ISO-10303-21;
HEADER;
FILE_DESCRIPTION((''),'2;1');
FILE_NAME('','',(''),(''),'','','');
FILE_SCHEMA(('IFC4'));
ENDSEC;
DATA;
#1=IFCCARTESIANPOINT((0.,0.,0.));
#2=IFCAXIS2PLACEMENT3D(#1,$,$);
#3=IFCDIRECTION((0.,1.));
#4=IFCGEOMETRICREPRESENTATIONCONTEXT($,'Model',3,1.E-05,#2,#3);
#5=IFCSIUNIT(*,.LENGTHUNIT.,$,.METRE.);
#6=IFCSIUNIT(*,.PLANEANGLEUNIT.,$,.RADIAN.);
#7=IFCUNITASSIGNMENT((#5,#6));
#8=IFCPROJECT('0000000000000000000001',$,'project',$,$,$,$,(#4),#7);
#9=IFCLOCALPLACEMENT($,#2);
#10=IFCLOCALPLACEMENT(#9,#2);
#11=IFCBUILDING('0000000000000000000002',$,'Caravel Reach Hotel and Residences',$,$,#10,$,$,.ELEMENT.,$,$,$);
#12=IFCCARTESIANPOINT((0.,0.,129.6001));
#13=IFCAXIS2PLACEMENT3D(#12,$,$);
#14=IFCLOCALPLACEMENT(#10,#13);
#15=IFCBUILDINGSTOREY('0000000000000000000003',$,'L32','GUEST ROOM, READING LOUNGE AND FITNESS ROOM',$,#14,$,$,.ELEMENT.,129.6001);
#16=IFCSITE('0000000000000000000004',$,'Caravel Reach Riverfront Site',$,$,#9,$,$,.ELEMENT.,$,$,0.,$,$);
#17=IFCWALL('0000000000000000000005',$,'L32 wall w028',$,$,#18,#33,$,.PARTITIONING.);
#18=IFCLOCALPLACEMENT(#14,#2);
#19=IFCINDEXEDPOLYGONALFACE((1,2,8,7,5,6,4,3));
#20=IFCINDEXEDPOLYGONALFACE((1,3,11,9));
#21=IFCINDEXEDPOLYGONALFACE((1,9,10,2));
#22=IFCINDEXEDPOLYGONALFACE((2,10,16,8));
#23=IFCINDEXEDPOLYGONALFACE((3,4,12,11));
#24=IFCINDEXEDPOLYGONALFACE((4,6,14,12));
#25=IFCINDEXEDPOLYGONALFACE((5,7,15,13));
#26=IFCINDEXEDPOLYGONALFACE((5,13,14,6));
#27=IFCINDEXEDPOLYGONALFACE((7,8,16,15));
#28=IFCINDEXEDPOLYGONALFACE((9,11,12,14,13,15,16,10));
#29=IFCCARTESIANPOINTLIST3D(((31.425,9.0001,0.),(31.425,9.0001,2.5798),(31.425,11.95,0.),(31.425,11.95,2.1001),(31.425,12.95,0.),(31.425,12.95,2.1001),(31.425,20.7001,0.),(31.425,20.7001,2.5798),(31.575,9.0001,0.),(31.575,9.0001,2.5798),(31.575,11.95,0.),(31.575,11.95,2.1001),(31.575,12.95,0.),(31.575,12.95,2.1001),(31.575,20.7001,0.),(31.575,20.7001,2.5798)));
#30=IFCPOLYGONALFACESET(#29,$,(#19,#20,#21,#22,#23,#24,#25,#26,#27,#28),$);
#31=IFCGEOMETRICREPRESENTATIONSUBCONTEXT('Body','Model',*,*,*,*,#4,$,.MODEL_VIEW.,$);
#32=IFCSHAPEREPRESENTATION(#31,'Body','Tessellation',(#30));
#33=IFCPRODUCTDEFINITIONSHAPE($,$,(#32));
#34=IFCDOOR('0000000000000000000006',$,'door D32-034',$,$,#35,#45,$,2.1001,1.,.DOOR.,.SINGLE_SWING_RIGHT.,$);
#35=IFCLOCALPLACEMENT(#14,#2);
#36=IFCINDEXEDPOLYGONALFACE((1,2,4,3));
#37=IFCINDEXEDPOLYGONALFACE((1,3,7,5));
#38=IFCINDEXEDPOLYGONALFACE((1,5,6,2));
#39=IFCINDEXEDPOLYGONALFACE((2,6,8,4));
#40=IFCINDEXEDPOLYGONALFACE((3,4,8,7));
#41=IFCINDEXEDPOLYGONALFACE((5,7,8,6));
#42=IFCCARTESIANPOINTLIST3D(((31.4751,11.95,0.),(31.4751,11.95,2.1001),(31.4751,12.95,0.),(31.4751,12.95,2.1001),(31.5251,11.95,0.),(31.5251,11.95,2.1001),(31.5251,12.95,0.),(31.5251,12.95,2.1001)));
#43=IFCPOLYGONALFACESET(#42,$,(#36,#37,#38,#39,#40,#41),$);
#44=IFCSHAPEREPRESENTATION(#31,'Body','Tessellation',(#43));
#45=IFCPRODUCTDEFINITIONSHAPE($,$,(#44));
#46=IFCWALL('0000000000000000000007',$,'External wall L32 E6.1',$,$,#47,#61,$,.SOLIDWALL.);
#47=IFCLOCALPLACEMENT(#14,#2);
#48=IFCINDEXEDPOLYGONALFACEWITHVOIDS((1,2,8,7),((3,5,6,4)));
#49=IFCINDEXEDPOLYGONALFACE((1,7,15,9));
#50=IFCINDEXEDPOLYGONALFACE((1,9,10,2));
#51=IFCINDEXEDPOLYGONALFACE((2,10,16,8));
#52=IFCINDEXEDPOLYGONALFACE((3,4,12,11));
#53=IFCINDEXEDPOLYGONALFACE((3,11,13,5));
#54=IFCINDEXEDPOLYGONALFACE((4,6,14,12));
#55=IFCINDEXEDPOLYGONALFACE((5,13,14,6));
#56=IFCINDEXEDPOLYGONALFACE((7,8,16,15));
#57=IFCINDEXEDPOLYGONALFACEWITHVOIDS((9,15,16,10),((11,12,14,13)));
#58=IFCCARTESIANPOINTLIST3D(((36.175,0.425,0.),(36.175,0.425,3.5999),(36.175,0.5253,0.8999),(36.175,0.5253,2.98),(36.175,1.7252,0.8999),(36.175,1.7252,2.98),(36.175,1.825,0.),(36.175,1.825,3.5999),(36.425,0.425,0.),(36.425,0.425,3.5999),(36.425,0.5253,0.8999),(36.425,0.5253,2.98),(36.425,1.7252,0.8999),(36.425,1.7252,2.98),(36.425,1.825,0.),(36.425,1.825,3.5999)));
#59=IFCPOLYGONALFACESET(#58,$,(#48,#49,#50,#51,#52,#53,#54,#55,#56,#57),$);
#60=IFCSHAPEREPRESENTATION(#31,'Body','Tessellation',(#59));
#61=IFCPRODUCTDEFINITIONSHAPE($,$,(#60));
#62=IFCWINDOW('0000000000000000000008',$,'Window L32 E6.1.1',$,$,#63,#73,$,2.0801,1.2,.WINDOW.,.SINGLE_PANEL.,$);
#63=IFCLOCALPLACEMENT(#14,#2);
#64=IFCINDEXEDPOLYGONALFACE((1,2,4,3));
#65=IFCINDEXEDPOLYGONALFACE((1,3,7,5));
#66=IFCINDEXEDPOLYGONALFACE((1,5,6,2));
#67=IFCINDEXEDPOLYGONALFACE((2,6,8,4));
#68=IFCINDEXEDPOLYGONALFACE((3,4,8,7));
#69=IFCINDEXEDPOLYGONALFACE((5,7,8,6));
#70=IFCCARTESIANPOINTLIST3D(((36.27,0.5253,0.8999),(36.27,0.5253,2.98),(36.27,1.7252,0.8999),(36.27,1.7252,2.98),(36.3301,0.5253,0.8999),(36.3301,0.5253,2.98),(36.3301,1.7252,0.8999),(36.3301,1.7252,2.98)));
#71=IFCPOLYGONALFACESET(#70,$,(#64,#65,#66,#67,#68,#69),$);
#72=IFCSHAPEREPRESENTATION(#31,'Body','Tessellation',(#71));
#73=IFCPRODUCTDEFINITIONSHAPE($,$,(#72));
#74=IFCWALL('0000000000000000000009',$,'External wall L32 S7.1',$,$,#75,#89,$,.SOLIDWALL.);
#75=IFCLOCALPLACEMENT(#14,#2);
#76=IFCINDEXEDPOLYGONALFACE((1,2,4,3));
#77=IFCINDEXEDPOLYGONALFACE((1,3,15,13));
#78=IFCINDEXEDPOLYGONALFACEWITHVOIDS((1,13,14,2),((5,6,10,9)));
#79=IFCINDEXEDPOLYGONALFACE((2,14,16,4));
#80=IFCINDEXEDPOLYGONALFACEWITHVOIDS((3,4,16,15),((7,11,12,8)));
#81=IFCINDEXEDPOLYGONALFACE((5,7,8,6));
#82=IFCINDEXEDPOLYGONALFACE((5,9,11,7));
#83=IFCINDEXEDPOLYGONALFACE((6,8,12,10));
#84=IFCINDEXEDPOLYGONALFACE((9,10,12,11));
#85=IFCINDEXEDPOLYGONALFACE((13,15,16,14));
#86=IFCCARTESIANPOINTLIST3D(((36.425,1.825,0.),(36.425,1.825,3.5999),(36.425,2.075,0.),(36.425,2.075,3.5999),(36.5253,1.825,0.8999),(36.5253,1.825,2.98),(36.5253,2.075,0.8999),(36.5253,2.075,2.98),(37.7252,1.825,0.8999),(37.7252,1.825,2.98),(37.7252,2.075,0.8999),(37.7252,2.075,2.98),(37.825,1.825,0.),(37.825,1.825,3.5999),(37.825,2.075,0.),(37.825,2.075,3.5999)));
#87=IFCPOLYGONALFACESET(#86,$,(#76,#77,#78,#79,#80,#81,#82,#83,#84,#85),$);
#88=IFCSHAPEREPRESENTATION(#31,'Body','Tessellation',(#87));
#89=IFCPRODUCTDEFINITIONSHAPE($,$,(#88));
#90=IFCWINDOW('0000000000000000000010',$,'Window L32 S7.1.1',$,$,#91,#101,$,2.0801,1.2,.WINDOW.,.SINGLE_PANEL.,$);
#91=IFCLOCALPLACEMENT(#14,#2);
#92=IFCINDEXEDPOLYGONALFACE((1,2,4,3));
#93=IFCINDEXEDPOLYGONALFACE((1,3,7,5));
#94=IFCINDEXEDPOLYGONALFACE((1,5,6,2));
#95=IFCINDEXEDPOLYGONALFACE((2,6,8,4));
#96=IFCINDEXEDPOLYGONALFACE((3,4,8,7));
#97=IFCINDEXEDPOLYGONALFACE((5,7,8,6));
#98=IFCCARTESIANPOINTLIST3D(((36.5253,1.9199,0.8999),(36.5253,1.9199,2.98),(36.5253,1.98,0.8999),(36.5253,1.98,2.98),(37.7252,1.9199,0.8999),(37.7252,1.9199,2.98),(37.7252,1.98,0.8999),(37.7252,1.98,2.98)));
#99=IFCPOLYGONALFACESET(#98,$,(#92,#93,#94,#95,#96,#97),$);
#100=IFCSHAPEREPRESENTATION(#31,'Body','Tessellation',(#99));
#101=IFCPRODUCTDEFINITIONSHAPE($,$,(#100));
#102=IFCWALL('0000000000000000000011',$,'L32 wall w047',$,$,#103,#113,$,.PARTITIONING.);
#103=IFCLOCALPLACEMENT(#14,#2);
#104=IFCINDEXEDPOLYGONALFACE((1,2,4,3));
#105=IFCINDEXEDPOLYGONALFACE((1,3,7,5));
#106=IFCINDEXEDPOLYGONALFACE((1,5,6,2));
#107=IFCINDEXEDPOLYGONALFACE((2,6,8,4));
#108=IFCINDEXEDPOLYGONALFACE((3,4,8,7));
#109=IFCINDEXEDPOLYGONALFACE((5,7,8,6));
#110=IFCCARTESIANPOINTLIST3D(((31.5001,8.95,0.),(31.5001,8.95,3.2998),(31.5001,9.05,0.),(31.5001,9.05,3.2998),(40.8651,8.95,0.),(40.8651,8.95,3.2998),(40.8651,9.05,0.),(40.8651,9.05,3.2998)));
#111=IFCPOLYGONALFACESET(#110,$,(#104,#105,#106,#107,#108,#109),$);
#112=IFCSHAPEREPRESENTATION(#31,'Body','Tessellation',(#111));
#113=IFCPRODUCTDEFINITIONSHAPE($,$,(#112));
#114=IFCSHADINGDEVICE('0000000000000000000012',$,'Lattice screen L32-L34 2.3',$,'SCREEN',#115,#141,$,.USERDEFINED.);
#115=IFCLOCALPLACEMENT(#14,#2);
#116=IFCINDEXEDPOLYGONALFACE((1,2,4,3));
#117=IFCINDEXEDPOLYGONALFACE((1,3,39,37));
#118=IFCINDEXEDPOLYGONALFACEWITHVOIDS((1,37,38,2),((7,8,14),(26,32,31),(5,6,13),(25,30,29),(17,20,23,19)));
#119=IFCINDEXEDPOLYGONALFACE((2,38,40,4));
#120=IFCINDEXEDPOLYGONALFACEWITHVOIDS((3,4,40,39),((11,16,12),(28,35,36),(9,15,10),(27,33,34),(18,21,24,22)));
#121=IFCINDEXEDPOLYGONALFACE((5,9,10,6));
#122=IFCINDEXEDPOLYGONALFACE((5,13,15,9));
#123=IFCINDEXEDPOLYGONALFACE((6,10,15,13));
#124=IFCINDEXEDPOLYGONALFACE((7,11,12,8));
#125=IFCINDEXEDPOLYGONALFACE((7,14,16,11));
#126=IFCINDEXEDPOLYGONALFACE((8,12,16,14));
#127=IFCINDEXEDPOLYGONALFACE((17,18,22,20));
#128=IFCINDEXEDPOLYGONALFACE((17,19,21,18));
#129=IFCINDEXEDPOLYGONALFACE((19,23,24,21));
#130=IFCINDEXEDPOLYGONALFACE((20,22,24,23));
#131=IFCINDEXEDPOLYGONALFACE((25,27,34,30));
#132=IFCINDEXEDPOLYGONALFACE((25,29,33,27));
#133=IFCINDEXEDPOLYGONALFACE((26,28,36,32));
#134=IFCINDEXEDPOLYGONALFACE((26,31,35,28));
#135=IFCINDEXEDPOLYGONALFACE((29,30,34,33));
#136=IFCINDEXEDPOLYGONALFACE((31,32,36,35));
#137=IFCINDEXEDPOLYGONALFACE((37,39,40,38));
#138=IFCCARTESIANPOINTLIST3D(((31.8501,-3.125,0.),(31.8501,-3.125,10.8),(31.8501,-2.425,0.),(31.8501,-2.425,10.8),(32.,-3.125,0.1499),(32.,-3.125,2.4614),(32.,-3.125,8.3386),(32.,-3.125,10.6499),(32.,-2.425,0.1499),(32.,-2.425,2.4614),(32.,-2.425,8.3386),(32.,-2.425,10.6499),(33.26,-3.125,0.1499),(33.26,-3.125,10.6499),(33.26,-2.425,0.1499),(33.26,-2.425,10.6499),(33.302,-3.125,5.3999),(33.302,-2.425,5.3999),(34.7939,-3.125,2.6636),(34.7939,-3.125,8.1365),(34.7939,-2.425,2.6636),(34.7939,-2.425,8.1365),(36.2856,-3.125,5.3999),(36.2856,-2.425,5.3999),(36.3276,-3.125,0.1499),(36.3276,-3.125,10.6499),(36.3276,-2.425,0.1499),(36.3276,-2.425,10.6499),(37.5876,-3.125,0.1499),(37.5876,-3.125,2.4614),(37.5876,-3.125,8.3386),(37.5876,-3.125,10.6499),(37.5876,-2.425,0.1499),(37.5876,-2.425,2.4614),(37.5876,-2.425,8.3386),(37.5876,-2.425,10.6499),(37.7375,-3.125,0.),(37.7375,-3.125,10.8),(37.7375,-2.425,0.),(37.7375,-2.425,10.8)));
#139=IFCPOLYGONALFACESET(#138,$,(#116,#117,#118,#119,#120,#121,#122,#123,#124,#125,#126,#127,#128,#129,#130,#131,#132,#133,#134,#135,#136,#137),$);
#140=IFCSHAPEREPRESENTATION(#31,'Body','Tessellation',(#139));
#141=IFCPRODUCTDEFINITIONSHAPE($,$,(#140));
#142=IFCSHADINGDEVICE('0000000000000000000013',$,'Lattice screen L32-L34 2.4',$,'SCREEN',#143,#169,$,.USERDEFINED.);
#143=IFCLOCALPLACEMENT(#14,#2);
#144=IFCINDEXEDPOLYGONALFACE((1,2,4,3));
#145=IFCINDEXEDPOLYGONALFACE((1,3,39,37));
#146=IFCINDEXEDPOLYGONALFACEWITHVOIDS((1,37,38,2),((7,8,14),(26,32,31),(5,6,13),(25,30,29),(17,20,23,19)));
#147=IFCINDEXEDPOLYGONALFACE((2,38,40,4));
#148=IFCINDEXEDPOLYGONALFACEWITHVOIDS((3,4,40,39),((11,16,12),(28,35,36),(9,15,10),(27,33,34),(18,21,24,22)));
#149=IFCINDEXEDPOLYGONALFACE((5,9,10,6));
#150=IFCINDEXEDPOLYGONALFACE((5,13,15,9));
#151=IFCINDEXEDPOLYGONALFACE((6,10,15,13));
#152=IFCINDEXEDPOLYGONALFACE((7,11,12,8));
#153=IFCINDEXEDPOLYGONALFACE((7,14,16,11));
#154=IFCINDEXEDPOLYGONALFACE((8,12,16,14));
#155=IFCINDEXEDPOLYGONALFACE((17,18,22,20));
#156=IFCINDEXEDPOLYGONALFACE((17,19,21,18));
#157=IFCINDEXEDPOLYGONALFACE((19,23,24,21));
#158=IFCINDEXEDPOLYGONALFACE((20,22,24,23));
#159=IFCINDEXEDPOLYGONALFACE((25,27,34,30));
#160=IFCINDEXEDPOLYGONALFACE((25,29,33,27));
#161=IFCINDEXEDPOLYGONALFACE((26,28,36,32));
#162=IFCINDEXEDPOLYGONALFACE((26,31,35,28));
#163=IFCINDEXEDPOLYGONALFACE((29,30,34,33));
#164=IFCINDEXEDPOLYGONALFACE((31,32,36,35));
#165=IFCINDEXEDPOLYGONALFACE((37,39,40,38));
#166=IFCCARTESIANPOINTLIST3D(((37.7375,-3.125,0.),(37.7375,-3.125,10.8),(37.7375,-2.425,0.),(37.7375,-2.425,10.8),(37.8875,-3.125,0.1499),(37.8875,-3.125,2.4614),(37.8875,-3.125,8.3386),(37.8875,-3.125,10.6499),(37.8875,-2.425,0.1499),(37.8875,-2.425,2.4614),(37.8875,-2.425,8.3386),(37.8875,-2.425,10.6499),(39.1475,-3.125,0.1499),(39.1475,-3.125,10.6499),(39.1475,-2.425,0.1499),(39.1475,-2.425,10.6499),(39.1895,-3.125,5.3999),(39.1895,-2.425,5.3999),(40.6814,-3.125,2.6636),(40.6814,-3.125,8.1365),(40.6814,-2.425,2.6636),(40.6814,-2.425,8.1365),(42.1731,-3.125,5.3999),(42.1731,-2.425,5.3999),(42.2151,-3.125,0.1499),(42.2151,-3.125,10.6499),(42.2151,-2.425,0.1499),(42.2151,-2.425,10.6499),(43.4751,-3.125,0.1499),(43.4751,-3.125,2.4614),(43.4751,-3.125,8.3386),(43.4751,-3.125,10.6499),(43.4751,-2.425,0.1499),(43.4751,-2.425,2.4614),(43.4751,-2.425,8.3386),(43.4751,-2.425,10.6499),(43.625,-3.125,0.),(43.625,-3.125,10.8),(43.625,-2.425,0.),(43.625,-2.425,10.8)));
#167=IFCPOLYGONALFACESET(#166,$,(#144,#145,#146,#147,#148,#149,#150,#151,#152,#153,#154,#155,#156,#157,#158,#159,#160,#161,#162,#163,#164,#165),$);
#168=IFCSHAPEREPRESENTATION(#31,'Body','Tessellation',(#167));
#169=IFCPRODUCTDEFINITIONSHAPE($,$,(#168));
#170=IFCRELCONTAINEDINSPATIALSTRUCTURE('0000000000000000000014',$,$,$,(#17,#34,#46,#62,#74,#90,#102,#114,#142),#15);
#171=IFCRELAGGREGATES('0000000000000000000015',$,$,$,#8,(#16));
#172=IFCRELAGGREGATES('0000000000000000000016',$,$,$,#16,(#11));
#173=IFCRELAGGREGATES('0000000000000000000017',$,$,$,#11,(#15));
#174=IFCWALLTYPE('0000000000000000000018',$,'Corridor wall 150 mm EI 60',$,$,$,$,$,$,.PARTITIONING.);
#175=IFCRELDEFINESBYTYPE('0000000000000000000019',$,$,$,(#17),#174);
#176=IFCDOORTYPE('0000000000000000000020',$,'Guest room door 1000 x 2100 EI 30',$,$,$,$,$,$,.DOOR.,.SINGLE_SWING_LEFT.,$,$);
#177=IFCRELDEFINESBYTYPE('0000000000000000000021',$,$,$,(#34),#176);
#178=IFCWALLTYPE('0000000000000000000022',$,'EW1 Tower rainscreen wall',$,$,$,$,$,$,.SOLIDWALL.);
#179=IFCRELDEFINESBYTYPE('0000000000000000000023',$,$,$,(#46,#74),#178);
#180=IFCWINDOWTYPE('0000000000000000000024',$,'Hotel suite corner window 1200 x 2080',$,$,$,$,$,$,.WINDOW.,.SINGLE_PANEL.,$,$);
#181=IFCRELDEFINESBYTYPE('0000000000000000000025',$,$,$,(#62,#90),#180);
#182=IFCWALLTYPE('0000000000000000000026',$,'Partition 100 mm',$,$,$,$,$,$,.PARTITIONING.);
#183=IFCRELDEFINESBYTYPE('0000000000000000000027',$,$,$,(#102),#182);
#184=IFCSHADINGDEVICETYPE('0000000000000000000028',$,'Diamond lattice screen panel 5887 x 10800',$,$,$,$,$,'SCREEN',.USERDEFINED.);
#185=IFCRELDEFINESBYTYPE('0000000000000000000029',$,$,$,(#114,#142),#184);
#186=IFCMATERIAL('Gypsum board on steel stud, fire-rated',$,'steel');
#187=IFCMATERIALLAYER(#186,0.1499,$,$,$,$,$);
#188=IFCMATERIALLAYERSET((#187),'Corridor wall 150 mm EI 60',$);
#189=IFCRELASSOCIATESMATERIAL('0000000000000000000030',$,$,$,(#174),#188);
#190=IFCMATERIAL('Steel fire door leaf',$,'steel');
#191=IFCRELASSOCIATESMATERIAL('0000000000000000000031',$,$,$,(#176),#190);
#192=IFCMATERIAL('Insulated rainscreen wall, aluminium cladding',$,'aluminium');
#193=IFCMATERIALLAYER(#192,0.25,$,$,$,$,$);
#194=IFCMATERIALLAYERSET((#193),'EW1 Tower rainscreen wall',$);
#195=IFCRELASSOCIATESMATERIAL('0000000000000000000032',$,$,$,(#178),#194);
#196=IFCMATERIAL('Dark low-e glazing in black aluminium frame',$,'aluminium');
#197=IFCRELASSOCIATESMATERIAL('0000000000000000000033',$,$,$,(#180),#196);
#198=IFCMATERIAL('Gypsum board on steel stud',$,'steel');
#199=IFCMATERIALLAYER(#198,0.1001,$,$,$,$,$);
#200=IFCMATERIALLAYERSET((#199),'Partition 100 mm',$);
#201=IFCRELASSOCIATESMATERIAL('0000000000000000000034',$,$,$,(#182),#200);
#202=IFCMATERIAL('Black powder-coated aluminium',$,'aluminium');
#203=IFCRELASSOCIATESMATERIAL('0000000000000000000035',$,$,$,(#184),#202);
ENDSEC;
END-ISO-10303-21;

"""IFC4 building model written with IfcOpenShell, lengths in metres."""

from ifc_helpers import new_model, si_unit, direction, frame, frame_2d, origin, place, context, subcontext, project, spatial, polyline, rectangle, outline, extrude, material, layer, layer_set, type_object, element, fill, save


model = new_model("IFC4")

# Units and contexts
model_context = context("Model", 3, precision=1e-05, world=origin(), true_north=direction((0.0, 1.0)))
body_context = subcontext(model_context, "Body", "Model", "MODEL_VIEW")
ifc_project = project(units=[si_unit("LENGTHUNIT", "METRE"), si_unit("PLANEANGLEUNIT", "RADIAN")], contexts=[model_context])

# Site, building, storey
site_placement = place(None, origin())
site = spatial("IfcSite", under=ifc_project, at=site_placement, Name="Caravel Reach Riverfront Site", CompositionType="ELEMENT", RefElevation=0.0)
building_placement = place(site_placement, origin())
building = spatial("IfcBuilding", under=site, at=building_placement, Name="Caravel Reach Hotel and Residences", CompositionType="ELEMENT")
storey_placement = place(building_placement, frame((0.0, 0.0, 129.6001)))
storey = spatial("IfcBuildingStorey", under=building, at=storey_placement, Name="L32", Description="GUEST ROOM, READING LOUNGE AND FITNESS ROOM", CompositionType="ELEMENT", Elevation=129.6001)

# Wall, opening, door
ifc_material_1 = material(Name="Gypsum board on steel stud, fire-rated", Category="steel")
ifc_layer_1 = layer(ifc_material_1, 0.1499)
ifc_layer_set_1 = layer_set([ifc_layer_1], Name="Corridor wall 150 mm EI 60")
wall_type_1 = type_object("IfcWallType", Name="Corridor wall 150 mm EI 60", PredefinedType="PARTITIONING", material=ifc_layer_set_1)
wall_1_placement = place(storey_placement, frame((31.5, 9.0, 0.0), z_axis=(0.0, 0.0, 1.0), x_axis=(0.0, 1.0, 0.0)))
wall_1 = element("IfcWall", 1, at=wall_1_placement, inside=storey, type_object=wall_type_1, Name="L32 wall w028", PredefinedType="PARTITIONING", context=body_context, shape_type="SweptSolid", body=[
    extrude(rectangle(XDim=11.7, YDim=0.1499, at=frame_2d((5.8501, 0.0))), origin(), (0.0, 0.0, 1.0), 2.5798),
])
opening_1_placement = place(wall_1_placement, frame((2.95, 0.0, 0.0)))
opening_1 = element("IfcOpeningElement", 2, at=opening_1_placement, cuts=wall_1, PredefinedType="OPENING", context=body_context, shape_type="SweptSolid", body=[
    extrude(rectangle(XDim=1.0, YDim=2.1001, at=frame_2d((0.5, 1.05))), frame((0.0, 0.085, 0.0), z_axis=(0.0, -1.0, 0.0), x_axis=(1.0, 0.0, 0.0)), (0.0, 0.0, 1.0), 0.1699),
])
ifc_material_2 = material(Name="Steel fire door leaf", Category="steel")
door_type = type_object("IfcDoorType", Name="Guest room door 1000 x 2100 EI 30", OperationType="SINGLE_SWING_LEFT", PredefinedType="DOOR", material=ifc_material_2)
door_placement = place(opening_1_placement, origin())
door = element("IfcDoor", 3, at=door_placement, inside=storey, type_object=door_type, Name="door D32-034", OperationType="SINGLE_SWING_RIGHT", OverallHeight=2.1001, OverallWidth=1.0, PredefinedType="DOOR", context=body_context, shape_type="SweptSolid", body=[
    extrude(rectangle(XDim=1.0, YDim=2.1001, at=frame_2d((0.5, 1.05))), frame((0.0, 0.0249, 0.0), z_axis=(0.0, -1.0, 0.0), x_axis=(1.0, 0.0, 0.0)), (0.0, 0.0, 1.0), 0.05),
])
fill(opening_1, door)

# Walls, openings, windows
ifc_material_3 = material(Name="Insulated rainscreen wall, aluminium cladding", Category="aluminium")
ifc_layer_2 = layer(ifc_material_3, 0.25)
ifc_layer_set_2 = layer_set([ifc_layer_2], Name="EW1 Tower rainscreen wall")
wall_type_2 = type_object("IfcWallType", Name="EW1 Tower rainscreen wall", PredefinedType="SOLIDWALL", material=ifc_layer_set_2)
wall_2_placement = place(storey_placement, frame((36.3, 0.425, 0.0), z_axis=(0.0, 0.0, 1.0), x_axis=(0.0, 1.0, 0.0)))
wall_2 = element("IfcWall", 4, at=wall_2_placement, inside=storey, type_object=wall_type_2, Name="External wall L32 E6.1", PredefinedType="SOLIDWALL", context=body_context, shape_type="SweptSolid", body=[
    extrude(rectangle(XDim=1.3999, YDim=0.25, at=frame_2d((0.7, 0.0))), origin(), (0.0, 0.0, 1.0), 3.5999),
])
opening_2_placement = place(wall_2_placement, frame((0.1001, 0.0, 0.8999)))
opening_2 = element("IfcOpeningElement", 5, at=opening_2_placement, cuts=wall_2, PredefinedType="OPENING", context=body_context, shape_type="SweptSolid", body=[
    extrude(rectangle(XDim=1.2, YDim=2.0801, at=frame_2d((0.6001, 1.04))), frame((0.0, 0.135, 0.0), z_axis=(0.0, -1.0, 0.0), x_axis=(1.0, 0.0, 0.0)), (0.0, 0.0, 1.0), 0.27),
])
ifc_material_4 = material(Name="Dark low-e glazing in black aluminium frame", Category="aluminium")
window_type = type_object("IfcWindowType", Name="Hotel suite corner window 1200 x 2080", PartitioningType="SINGLE_PANEL", PredefinedType="WINDOW", material=ifc_material_4)
window_1_placement = place(opening_2_placement, origin())
window_1 = element("IfcWindow", 6, at=window_1_placement, inside=storey, type_object=window_type, Name="Window L32 E6.1.1", OverallHeight=2.0801, OverallWidth=1.2, PartitioningType="SINGLE_PANEL", PredefinedType="WINDOW", context=body_context, shape_type="SweptSolid", body=[
    extrude(rectangle(XDim=1.2, YDim=2.0801, at=frame_2d((0.6001, 1.04))), frame((0.0, 0.03, 0.0), z_axis=(0.0, -1.0, 0.0), x_axis=(1.0, 0.0, 0.0)), (0.0, 0.0, 1.0), 0.0601),
])
fill(opening_2, window_1)
wall_3_placement = place(storey_placement, frame((36.425, 1.95, 0.0), z_axis=(0.0, 0.0, 1.0), x_axis=(1.0, 0.0, 0.0)))
wall_3 = element("IfcWall", 7, at=wall_3_placement, inside=storey, type_object=wall_type_2, Name="External wall L32 S7.1", PredefinedType="SOLIDWALL", context=body_context, shape_type="SweptSolid", body=[
    extrude(rectangle(XDim=1.3999, YDim=0.25, at=frame_2d((0.7, 0.0))), origin(), (0.0, 0.0, 1.0), 3.5999),
])
opening_3_placement = place(wall_3_placement, frame((0.1001, 0.0, 0.8999)))
opening_3 = element("IfcOpeningElement", 8, at=opening_3_placement, cuts=wall_3, PredefinedType="OPENING", context=body_context, shape_type="SweptSolid", body=[
    extrude(rectangle(XDim=1.2, YDim=2.0801, at=frame_2d((0.6001, 1.04))), frame((0.0, 0.135, 0.0), z_axis=(0.0, -1.0, 0.0), x_axis=(1.0, 0.0, 0.0)), (0.0, 0.0, 1.0), 0.27),
])
window_2_placement = place(opening_3_placement, origin())
window_2 = element("IfcWindow", 9, at=window_2_placement, inside=storey, type_object=window_type, Name="Window L32 S7.1.1", OverallHeight=2.0801, OverallWidth=1.2, PartitioningType="SINGLE_PANEL", PredefinedType="WINDOW", context=body_context, shape_type="SweptSolid", body=[
    extrude(rectangle(XDim=1.2, YDim=2.0801, at=frame_2d((0.6001, 1.04))), frame((0.0, 0.03, 0.0), z_axis=(0.0, -1.0, 0.0), x_axis=(1.0, 0.0, 0.0)), (0.0, 0.0, 1.0), 0.0601),
])
fill(opening_3, window_2)

# Wall
ifc_material_5 = material(Name="Gypsum board on steel stud", Category="steel")
ifc_layer_3 = layer(ifc_material_5, 0.1001)
ifc_layer_set_3 = layer_set([ifc_layer_3], Name="Partition 100 mm")
wall_type_3 = type_object("IfcWallType", Name="Partition 100 mm", PredefinedType="PARTITIONING", material=ifc_layer_set_3)
wall_4_placement = place(storey_placement, frame((31.5, 9.0, 0.0), z_axis=(0.0, 0.0, 1.0), x_axis=(1.0, 0.0, 0.0)))
element("IfcWall", 10, at=wall_4_placement, inside=storey, type_object=wall_type_3, Name="L32 wall w047", PredefinedType="PARTITIONING", context=body_context, shape_type="SweptSolid", body=[
    extrude(rectangle(XDim=9.365, YDim=0.1001, at=frame_2d((4.6826, 0.0))), origin(), (0.0, 0.0, 1.0), 3.2998),
])

# Shading devices
ifc_material_6 = material(Name="Black powder-coated aluminium", Category="aluminium")
shading_device_type = type_object("IfcShadingDeviceType", Name="Diamond lattice screen panel 5887 x 10800", ElementType="SCREEN", PredefinedType="USERDEFINED", material=ifc_material_6)
for number, where, z_axis, x_axis, name in (
    (11, (31.8501, -2.425, 0.0), (0.0, -1.0, 0.0), (1.0, 0.0, 0.0), "Lattice screen L32-L34 2.3"),
    (12, (37.7375, -2.425, 0.0), (0.0, -1.0, 0.0), (1.0, 0.0, 0.0), "Lattice screen L32-L34 2.4"),
):
    element("IfcShadingDevice", number, at=place(storey_placement, frame(where, z_axis=z_axis, x_axis=x_axis)), inside=storey, type_object=shading_device_type, Name=name, ObjectType="SCREEN", PredefinedType="USERDEFINED", context=body_context, shape_type="SweptSolid", body=[
        extrude(outline(polyline([(0.0, 0.0), (5.8875, 0.0), (5.8875, 10.8), (0.0, 10.8), (0.0, 0.0)]), holes=[polyline([(1.4099, 0.1499), (0.1499, 2.4614), (0.1499, 0.1499), (1.4099, 0.1499)]), polyline([(0.1499, 8.3386), (1.4099, 10.6499), (0.1499, 10.6499), (0.1499, 8.3386)]), polyline([(2.9438, 8.1365), (1.4519, 5.3999), (2.9438, 2.6636), (4.4355, 5.3999), (2.9438, 8.1365)]), polyline([(5.7375, 2.4614), (4.4775, 0.1499), (5.7375, 0.1499), (5.7375, 2.4614)]), polyline([(4.4775, 10.6499), (5.7375, 8.3386), (5.7375, 10.6499), (4.4775, 10.6499)])]), origin(), (0.0, 0.0, 1.0), 0.7),
    ])

save(model, "model.ifc")
